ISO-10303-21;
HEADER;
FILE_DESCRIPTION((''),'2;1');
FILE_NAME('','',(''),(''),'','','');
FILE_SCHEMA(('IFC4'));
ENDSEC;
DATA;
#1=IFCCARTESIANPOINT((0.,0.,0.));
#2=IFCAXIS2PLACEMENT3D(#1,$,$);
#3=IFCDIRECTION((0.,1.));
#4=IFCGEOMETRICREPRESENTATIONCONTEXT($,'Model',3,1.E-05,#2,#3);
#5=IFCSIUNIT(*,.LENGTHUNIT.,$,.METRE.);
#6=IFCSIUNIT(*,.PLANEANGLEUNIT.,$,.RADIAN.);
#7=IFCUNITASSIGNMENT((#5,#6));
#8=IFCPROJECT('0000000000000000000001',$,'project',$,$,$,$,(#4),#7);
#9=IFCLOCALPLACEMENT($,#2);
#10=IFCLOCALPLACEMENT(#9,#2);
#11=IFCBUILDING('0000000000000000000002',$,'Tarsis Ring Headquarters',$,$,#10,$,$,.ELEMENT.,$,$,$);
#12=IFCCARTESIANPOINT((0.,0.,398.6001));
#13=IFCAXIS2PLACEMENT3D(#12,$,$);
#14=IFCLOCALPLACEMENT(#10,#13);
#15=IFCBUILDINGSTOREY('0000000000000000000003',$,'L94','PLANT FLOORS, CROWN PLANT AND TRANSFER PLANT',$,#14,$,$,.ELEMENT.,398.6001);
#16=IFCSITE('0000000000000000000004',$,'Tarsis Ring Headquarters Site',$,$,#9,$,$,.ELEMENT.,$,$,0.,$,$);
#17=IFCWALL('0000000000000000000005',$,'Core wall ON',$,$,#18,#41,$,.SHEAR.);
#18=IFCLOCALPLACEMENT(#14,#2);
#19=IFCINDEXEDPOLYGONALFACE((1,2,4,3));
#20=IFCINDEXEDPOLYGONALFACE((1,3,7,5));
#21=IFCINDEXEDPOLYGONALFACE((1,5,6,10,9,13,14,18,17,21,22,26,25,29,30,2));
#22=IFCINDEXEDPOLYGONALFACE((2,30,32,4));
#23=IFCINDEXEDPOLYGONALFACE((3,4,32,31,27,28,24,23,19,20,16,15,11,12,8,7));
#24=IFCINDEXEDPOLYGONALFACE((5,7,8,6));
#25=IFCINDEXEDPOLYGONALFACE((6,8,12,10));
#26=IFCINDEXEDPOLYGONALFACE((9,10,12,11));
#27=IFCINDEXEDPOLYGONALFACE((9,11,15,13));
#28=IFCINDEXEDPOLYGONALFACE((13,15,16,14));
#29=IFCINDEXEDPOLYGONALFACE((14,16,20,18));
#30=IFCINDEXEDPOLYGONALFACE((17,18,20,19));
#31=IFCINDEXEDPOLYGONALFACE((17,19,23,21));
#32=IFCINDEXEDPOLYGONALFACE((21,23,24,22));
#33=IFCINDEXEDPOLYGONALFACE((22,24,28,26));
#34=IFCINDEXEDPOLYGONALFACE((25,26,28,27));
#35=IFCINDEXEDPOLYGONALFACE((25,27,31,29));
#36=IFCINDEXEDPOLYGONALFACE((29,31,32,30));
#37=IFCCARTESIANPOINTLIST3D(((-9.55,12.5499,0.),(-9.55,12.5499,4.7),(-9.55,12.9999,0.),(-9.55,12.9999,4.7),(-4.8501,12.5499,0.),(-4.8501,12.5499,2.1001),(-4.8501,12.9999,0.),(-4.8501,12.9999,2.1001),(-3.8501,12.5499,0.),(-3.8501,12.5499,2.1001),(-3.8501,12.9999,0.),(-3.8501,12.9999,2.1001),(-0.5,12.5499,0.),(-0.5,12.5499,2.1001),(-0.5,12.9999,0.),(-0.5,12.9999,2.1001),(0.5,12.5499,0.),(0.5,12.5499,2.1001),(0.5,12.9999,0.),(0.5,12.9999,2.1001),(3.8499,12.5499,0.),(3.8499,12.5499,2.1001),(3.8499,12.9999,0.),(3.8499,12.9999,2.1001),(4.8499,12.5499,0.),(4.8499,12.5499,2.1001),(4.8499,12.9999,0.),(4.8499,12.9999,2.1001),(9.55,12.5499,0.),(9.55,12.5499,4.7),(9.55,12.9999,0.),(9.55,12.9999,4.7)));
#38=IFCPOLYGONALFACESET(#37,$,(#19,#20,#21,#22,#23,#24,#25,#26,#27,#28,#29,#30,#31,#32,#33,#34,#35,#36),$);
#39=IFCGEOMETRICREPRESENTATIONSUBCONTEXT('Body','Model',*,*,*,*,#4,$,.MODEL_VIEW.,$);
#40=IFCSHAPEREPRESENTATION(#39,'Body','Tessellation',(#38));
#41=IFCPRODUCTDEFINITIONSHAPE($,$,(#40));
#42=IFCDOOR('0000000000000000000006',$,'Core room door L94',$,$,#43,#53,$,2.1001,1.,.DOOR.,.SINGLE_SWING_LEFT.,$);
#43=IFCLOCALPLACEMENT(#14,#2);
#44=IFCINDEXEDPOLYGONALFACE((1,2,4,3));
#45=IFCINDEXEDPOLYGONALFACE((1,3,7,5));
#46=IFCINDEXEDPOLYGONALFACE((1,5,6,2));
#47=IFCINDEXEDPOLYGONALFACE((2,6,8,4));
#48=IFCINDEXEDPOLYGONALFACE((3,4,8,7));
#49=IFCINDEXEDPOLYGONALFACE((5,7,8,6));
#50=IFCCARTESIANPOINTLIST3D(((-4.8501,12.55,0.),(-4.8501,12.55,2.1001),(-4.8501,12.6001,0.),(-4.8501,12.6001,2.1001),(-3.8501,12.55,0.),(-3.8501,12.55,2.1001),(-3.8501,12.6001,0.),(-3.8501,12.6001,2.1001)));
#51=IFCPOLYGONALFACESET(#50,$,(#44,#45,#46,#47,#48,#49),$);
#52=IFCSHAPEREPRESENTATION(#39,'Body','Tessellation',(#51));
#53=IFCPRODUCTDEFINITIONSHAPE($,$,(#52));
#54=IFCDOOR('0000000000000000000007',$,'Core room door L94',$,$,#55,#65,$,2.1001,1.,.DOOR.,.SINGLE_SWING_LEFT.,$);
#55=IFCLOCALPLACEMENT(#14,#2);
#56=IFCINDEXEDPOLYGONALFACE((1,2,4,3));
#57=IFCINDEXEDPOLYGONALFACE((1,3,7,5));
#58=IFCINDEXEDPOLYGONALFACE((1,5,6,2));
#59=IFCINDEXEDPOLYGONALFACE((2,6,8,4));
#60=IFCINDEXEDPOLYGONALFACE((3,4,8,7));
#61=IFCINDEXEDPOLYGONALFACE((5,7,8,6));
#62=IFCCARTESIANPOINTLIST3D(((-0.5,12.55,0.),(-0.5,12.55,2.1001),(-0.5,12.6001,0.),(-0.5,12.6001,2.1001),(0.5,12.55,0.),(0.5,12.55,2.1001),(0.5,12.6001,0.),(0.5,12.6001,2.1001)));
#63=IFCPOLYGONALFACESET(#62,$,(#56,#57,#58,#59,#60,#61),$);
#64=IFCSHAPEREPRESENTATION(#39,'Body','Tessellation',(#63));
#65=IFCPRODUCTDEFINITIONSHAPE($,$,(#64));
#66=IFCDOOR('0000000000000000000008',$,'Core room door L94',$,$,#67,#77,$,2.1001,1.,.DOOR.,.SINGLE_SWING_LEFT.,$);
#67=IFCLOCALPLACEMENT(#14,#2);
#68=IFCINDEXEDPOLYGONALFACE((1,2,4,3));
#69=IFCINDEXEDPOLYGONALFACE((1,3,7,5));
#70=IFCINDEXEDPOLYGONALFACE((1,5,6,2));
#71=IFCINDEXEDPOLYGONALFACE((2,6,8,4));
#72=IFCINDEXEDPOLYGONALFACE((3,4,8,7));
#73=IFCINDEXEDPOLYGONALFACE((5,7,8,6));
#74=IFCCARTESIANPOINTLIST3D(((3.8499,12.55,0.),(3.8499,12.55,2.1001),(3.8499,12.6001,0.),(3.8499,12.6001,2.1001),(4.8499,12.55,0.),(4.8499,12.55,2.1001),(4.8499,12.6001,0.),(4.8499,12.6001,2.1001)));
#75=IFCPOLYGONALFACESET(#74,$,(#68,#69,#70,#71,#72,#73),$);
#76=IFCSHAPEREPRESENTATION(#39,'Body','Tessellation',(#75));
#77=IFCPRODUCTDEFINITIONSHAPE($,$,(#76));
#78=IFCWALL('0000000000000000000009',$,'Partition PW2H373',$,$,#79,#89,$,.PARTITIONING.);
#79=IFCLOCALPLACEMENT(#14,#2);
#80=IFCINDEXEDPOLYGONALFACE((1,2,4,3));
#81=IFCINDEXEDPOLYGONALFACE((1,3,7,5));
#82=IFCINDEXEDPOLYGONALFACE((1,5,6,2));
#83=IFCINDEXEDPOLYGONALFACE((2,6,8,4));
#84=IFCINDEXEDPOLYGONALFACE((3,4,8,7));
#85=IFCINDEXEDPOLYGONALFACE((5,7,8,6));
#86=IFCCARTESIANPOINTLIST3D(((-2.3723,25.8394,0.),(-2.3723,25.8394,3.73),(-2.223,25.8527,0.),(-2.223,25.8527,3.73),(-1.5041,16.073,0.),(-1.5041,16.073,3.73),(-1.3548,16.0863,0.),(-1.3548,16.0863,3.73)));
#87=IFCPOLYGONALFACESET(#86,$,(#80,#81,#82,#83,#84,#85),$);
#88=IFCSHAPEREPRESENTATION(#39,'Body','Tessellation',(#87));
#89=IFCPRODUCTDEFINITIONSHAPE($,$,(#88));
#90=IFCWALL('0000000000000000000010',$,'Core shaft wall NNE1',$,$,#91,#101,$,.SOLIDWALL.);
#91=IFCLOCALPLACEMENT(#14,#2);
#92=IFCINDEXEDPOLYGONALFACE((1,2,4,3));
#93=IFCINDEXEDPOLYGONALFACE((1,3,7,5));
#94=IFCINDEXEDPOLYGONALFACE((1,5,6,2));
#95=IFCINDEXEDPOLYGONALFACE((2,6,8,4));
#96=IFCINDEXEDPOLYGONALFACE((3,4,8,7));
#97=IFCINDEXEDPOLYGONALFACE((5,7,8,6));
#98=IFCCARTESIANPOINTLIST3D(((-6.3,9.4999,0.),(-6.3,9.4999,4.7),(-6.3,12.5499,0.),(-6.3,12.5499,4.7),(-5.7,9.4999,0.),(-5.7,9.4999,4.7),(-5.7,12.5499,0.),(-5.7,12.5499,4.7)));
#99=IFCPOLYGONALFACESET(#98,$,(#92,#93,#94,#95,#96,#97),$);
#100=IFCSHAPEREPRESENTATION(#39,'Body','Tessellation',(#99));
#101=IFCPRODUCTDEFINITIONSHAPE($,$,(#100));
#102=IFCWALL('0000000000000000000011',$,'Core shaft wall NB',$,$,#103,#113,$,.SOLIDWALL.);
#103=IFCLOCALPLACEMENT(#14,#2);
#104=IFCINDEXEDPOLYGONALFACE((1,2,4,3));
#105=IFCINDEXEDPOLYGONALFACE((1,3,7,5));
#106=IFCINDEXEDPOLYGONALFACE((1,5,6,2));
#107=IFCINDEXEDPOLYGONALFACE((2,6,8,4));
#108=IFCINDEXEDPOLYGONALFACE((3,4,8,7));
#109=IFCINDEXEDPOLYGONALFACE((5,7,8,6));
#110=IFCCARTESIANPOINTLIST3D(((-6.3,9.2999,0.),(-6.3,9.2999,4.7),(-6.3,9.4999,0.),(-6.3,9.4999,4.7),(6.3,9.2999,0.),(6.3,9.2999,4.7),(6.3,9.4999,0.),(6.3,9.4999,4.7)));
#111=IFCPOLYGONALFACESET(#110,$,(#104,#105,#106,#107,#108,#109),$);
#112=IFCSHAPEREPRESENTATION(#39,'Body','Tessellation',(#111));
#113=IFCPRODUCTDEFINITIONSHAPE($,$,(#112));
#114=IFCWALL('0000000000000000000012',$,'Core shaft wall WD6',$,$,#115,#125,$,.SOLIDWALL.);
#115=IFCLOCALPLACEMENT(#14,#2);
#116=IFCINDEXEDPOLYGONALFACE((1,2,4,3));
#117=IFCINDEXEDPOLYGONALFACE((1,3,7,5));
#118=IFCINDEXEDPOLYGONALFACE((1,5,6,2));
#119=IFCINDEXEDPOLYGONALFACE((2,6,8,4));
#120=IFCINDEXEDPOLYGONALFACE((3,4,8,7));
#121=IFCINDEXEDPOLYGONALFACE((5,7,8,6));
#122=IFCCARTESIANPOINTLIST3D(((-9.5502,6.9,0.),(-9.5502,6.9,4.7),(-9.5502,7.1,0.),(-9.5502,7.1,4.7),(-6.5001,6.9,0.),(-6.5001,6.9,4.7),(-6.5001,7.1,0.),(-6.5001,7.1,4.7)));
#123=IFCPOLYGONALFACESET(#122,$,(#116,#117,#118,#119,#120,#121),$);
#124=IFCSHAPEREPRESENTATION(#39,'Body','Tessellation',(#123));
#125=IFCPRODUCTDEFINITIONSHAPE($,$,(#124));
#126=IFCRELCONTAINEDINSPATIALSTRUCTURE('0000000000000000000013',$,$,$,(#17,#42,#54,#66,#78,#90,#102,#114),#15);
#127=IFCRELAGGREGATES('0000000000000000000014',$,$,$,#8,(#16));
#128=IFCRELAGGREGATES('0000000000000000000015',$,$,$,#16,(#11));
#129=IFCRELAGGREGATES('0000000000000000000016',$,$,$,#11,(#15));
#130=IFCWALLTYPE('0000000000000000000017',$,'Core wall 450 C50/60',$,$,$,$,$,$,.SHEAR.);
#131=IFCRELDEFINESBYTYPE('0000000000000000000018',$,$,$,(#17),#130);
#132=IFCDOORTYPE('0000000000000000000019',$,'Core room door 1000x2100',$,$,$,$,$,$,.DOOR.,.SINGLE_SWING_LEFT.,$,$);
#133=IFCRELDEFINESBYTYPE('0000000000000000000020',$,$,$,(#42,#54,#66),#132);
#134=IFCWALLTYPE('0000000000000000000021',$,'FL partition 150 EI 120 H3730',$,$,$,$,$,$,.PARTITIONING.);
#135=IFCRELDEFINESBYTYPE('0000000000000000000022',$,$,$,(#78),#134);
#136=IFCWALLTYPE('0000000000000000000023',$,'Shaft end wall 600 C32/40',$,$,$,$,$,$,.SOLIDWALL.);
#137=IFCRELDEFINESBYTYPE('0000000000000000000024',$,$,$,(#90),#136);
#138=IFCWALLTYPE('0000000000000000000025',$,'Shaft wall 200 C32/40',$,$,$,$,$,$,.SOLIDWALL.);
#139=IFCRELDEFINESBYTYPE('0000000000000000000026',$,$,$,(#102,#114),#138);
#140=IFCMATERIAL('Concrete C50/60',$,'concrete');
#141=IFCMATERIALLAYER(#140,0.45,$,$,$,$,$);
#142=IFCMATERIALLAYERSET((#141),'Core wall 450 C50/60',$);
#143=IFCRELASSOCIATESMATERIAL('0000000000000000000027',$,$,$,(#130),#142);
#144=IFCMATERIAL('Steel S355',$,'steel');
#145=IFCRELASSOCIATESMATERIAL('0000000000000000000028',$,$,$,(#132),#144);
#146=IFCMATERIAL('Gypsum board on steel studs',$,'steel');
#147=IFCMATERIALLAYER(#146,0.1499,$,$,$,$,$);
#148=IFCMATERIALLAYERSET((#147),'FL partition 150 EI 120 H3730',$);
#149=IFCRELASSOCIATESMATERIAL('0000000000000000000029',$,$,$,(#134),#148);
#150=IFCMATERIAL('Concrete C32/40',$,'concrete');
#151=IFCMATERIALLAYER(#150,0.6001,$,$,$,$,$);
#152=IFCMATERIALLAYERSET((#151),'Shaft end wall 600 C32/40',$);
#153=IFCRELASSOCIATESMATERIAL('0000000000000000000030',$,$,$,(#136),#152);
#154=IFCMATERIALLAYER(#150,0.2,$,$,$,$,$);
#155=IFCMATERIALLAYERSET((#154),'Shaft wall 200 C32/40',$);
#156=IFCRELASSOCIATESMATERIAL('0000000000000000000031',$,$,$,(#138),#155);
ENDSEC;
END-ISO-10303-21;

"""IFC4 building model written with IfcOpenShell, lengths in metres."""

from ifc_helpers import new_model, si_unit, direction, frame, frame_2d, origin, place, context, subcontext, project, spatial, rectangle, extrude, material, layer, layer_set, type_object, element, fill, save


model = new_model("IFC4")

# Units and contexts
model_context = context("Model", 3, precision=1e-05, world=origin(), true_north=direction((0.0, 1.0)))
body_context = subcontext(model_context, "Body", "Model", "MODEL_VIEW")
ifc_project = project(units=[si_unit("LENGTHUNIT", "METRE"), si_unit("PLANEANGLEUNIT", "RADIAN")], contexts=[model_context])

# Site, building, storey
site_placement = place(None, origin())
site = spatial("IfcSite", under=ifc_project, at=site_placement, Name="Tarsis Ring Headquarters Site", CompositionType="ELEMENT", RefElevation=0.0)
building_placement = place(site_placement, origin())
building = spatial("IfcBuilding", under=site, at=building_placement, Name="Tarsis Ring Headquarters", CompositionType="ELEMENT")
storey_placement = place(building_placement, frame((0.0, 0.0, 398.6001)))
storey = spatial("IfcBuildingStorey", under=building, at=storey_placement, Name="L94", Description="PLANT FLOORS, CROWN PLANT AND TRANSFER PLANT", CompositionType="ELEMENT", Elevation=398.6001)

# Wall, openings, doors
ifc_material_1 = material(Name="Concrete C50/60", Category="concrete")
ifc_layer_1 = layer(ifc_material_1, 0.45)
ifc_layer_set_1 = layer_set([ifc_layer_1], Name="Core wall 450 C50/60")
wall_type_1 = type_object("IfcWallType", Name="Core wall 450 C50/60", PredefinedType="SHEAR", material=ifc_layer_set_1)
wall_1_placement = place(storey_placement, frame((-9.55, 12.7749, 0.0), z_axis=(0.0, 0.0, 1.0), x_axis=(1.0, 0.0, 0.0)))
wall_1 = element("IfcWall", 1, at=wall_1_placement, inside=storey, type_object=wall_type_1, Name="Core wall ON", PredefinedType="SHEAR", context=body_context, shape_type="SweptSolid", body=[
    extrude(rectangle(XDim=19.1001, YDim=0.45, at=frame_2d((9.55, 0.0))), origin(), (0.0, 0.0, 1.0), 4.7),
])
opening_1_placement = place(wall_1_placement, frame((4.7, 0.0, 0.0)))
opening_1 = element("IfcOpeningElement", 2, at=opening_1_placement, cuts=wall_1, PredefinedType="OPENING", context=body_context, shape_type="SweptSolid", body=[
    extrude(rectangle(XDim=1.0, YDim=2.1001, at=frame_2d((0.5, 1.05))), frame((0.0, 0.2349, 0.0), z_axis=(0.0, -1.0, 0.0), x_axis=(1.0, 0.0, 0.0)), (0.0, 0.0, 1.0), 0.47),
])
opening_2_placement = place(wall_1_placement, frame((9.05, 0.0, 0.0)))
opening_2 = element("IfcOpeningElement", 3, at=opening_2_placement, cuts=wall_1, PredefinedType="OPENING", context=body_context, shape_type="SweptSolid", body=[
    extrude(rectangle(XDim=1.0, YDim=2.1001, at=frame_2d((0.5, 1.05))), frame((0.0, 0.2349, 0.0), z_axis=(0.0, -1.0, 0.0), x_axis=(1.0, 0.0, 0.0)), (0.0, 0.0, 1.0), 0.47),
])
opening_3_placement = place(wall_1_placement, frame((13.3999, 0.0, 0.0)))
opening_3 = element("IfcOpeningElement", 4, at=opening_3_placement, cuts=wall_1, PredefinedType="OPENING", context=body_context, shape_type="SweptSolid", body=[
    extrude(rectangle(XDim=1.0, YDim=2.1001, at=frame_2d((0.5, 1.05))), frame((0.0, 0.2349, 0.0), z_axis=(0.0, -1.0, 0.0), x_axis=(1.0, 0.0, 0.0)), (0.0, 0.0, 1.0), 0.47),
])
ifc_material_2 = material(Name="Steel S355", Category="steel")
door_type = type_object("IfcDoorType", Name="Core room door 1000x2100", OperationType="SINGLE_SWING_LEFT", PredefinedType="DOOR", material=ifc_material_2)
door_1_placement = place(opening_1_placement, origin())
door_1 = element("IfcDoor", 5, at=door_1_placement, inside=storey, type_object=door_type, Name="Core room door L94", OperationType="SINGLE_SWING_LEFT", OverallHeight=2.1001, OverallWidth=1.0, PredefinedType="DOOR", context=body_context, shape_type="SweptSolid", body=[
    extrude(rectangle(XDim=1.0, YDim=2.1001, at=frame_2d((0.5, 1.05))), frame((0.0, -0.1748, 0.0), z_axis=(0.0, -1.0, 0.0), x_axis=(1.0, 0.0, 0.0)), (0.0, 0.0, 1.0), 0.05),
])
fill(opening_1, door_1)
door_2_placement = place(opening_2_placement, origin())
door_2 = element("IfcDoor", 6, at=door_2_placement, inside=storey, type_object=door_type, Name="Core room door L94", OperationType="SINGLE_SWING_LEFT", OverallHeight=2.1001, OverallWidth=1.0, PredefinedType="DOOR", context=body_context, shape_type="SweptSolid", body=[
    extrude(rectangle(XDim=1.0, YDim=2.1001, at=frame_2d((0.5, 1.05))), frame((0.0, -0.1748, 0.0), z_axis=(0.0, -1.0, 0.0), x_axis=(1.0, 0.0, 0.0)), (0.0, 0.0, 1.0), 0.05),
])
fill(opening_2, door_2)
door_3_placement = place(opening_3_placement, origin())
door_3 = element("IfcDoor", 7, at=door_3_placement, inside=storey, type_object=door_type, Name="Core room door L94", OperationType="SINGLE_SWING_LEFT", OverallHeight=2.1001, OverallWidth=1.0, PredefinedType="DOOR", context=body_context, shape_type="SweptSolid", body=[
    extrude(rectangle(XDim=1.0, YDim=2.1001, at=frame_2d((0.5, 1.05))), frame((0.0, -0.1748, 0.0), z_axis=(0.0, -1.0, 0.0), x_axis=(1.0, 0.0, 0.0)), (0.0, 0.0, 1.0), 0.05),
])
fill(opening_3, door_3)

# Walls
ifc_material_3 = material(Name="Gypsum board on steel studs", Category="steel")
ifc_layer_2 = layer(ifc_material_3, 0.1499)
ifc_layer_set_2 = layer_set([ifc_layer_2], Name="FL partition 150 EI 120 H3730")
wall_type_2 = type_object("IfcWallType", Name="FL partition 150 EI 120 H3730", PredefinedType="PARTITIONING", material=ifc_layer_set_2)
wall_2_placement = place(storey_placement, frame((-2.2976, 25.8459, 0.0), z_axis=(0.0, 0.0, 1.0), x_axis=(0.088544, -0.996072, 0.0)))
element("IfcWall", 8, at=wall_2_placement, inside=storey, type_object=wall_type_2, Name="Partition PW2H373", PredefinedType="PARTITIONING", context=body_context, shape_type="SweptSolid", body=[
    extrude(rectangle(XDim=9.8049, YDim=0.1499, at=frame_2d((4.9023, 0.0))), origin(), (0.0, 0.0, 1.0), 3.73),
])
ifc_material_4 = material(Name="Concrete C32/40", Category="concrete")
ifc_layer_3 = layer(ifc_material_4, 0.6001)
ifc_layer_set_3 = layer_set([ifc_layer_3], Name="Shaft end wall 600 C32/40")
wall_type_3 = type_object("IfcWallType", Name="Shaft end wall 600 C32/40", PredefinedType="SOLIDWALL", material=ifc_layer_set_3)
wall_3_placement = place(storey_placement, frame((-6.0, 9.5, 0.0), z_axis=(0.0, 0.0, 1.0), x_axis=(0.0, 1.0, 0.0)))
element("IfcWall", 9, at=wall_3_placement, inside=storey, type_object=wall_type_3, Name="Core shaft wall NNE1", PredefinedType="SOLIDWALL", context=body_context, shape_type="SweptSolid", body=[
    extrude(rectangle(XDim=3.05, YDim=0.6001, at=frame_2d((1.5249, 0.0))), origin(), (0.0, 0.0, 1.0), 4.7),
])
ifc_layer_4 = layer(ifc_material_4, 0.2)
ifc_layer_set_4 = layer_set([ifc_layer_4], Name="Shaft wall 200 C32/40")
wall_type_4 = type_object("IfcWallType", Name="Shaft wall 200 C32/40", PredefinedType="SOLIDWALL", material=ifc_layer_set_4)
wall_4_placement = place(storey_placement, frame((-6.3, 9.3999, 0.0), z_axis=(0.0, 0.0, 1.0), x_axis=(1.0, 0.0, 0.0)))
element("IfcWall", 10, at=wall_4_placement, inside=storey, type_object=wall_type_4, Name="Core shaft wall NB", PredefinedType="SOLIDWALL", context=body_context, shape_type="SweptSolid", body=[
    extrude(rectangle(XDim=12.6001, YDim=0.2, at=frame_2d((6.3, 0.0))), origin(), (0.0, 0.0, 1.0), 4.7),
])
wall_5_placement = place(storey_placement, frame((-9.55, 7.0, 0.0), z_axis=(0.0, 0.0, 1.0), x_axis=(1.0, 0.0, 0.0)))
element("IfcWall", 11, at=wall_5_placement, inside=storey, type_object=wall_type_4, Name="Core shaft wall WD6", PredefinedType="SOLIDWALL", context=body_context, shape_type="SweptSolid", body=[
    extrude(rectangle(XDim=3.05, YDim=0.2, at=frame_2d((1.5249, 0.0))), origin(), (0.0, 0.0, 1.0), 4.7),
])

save(model, "model.ifc")
